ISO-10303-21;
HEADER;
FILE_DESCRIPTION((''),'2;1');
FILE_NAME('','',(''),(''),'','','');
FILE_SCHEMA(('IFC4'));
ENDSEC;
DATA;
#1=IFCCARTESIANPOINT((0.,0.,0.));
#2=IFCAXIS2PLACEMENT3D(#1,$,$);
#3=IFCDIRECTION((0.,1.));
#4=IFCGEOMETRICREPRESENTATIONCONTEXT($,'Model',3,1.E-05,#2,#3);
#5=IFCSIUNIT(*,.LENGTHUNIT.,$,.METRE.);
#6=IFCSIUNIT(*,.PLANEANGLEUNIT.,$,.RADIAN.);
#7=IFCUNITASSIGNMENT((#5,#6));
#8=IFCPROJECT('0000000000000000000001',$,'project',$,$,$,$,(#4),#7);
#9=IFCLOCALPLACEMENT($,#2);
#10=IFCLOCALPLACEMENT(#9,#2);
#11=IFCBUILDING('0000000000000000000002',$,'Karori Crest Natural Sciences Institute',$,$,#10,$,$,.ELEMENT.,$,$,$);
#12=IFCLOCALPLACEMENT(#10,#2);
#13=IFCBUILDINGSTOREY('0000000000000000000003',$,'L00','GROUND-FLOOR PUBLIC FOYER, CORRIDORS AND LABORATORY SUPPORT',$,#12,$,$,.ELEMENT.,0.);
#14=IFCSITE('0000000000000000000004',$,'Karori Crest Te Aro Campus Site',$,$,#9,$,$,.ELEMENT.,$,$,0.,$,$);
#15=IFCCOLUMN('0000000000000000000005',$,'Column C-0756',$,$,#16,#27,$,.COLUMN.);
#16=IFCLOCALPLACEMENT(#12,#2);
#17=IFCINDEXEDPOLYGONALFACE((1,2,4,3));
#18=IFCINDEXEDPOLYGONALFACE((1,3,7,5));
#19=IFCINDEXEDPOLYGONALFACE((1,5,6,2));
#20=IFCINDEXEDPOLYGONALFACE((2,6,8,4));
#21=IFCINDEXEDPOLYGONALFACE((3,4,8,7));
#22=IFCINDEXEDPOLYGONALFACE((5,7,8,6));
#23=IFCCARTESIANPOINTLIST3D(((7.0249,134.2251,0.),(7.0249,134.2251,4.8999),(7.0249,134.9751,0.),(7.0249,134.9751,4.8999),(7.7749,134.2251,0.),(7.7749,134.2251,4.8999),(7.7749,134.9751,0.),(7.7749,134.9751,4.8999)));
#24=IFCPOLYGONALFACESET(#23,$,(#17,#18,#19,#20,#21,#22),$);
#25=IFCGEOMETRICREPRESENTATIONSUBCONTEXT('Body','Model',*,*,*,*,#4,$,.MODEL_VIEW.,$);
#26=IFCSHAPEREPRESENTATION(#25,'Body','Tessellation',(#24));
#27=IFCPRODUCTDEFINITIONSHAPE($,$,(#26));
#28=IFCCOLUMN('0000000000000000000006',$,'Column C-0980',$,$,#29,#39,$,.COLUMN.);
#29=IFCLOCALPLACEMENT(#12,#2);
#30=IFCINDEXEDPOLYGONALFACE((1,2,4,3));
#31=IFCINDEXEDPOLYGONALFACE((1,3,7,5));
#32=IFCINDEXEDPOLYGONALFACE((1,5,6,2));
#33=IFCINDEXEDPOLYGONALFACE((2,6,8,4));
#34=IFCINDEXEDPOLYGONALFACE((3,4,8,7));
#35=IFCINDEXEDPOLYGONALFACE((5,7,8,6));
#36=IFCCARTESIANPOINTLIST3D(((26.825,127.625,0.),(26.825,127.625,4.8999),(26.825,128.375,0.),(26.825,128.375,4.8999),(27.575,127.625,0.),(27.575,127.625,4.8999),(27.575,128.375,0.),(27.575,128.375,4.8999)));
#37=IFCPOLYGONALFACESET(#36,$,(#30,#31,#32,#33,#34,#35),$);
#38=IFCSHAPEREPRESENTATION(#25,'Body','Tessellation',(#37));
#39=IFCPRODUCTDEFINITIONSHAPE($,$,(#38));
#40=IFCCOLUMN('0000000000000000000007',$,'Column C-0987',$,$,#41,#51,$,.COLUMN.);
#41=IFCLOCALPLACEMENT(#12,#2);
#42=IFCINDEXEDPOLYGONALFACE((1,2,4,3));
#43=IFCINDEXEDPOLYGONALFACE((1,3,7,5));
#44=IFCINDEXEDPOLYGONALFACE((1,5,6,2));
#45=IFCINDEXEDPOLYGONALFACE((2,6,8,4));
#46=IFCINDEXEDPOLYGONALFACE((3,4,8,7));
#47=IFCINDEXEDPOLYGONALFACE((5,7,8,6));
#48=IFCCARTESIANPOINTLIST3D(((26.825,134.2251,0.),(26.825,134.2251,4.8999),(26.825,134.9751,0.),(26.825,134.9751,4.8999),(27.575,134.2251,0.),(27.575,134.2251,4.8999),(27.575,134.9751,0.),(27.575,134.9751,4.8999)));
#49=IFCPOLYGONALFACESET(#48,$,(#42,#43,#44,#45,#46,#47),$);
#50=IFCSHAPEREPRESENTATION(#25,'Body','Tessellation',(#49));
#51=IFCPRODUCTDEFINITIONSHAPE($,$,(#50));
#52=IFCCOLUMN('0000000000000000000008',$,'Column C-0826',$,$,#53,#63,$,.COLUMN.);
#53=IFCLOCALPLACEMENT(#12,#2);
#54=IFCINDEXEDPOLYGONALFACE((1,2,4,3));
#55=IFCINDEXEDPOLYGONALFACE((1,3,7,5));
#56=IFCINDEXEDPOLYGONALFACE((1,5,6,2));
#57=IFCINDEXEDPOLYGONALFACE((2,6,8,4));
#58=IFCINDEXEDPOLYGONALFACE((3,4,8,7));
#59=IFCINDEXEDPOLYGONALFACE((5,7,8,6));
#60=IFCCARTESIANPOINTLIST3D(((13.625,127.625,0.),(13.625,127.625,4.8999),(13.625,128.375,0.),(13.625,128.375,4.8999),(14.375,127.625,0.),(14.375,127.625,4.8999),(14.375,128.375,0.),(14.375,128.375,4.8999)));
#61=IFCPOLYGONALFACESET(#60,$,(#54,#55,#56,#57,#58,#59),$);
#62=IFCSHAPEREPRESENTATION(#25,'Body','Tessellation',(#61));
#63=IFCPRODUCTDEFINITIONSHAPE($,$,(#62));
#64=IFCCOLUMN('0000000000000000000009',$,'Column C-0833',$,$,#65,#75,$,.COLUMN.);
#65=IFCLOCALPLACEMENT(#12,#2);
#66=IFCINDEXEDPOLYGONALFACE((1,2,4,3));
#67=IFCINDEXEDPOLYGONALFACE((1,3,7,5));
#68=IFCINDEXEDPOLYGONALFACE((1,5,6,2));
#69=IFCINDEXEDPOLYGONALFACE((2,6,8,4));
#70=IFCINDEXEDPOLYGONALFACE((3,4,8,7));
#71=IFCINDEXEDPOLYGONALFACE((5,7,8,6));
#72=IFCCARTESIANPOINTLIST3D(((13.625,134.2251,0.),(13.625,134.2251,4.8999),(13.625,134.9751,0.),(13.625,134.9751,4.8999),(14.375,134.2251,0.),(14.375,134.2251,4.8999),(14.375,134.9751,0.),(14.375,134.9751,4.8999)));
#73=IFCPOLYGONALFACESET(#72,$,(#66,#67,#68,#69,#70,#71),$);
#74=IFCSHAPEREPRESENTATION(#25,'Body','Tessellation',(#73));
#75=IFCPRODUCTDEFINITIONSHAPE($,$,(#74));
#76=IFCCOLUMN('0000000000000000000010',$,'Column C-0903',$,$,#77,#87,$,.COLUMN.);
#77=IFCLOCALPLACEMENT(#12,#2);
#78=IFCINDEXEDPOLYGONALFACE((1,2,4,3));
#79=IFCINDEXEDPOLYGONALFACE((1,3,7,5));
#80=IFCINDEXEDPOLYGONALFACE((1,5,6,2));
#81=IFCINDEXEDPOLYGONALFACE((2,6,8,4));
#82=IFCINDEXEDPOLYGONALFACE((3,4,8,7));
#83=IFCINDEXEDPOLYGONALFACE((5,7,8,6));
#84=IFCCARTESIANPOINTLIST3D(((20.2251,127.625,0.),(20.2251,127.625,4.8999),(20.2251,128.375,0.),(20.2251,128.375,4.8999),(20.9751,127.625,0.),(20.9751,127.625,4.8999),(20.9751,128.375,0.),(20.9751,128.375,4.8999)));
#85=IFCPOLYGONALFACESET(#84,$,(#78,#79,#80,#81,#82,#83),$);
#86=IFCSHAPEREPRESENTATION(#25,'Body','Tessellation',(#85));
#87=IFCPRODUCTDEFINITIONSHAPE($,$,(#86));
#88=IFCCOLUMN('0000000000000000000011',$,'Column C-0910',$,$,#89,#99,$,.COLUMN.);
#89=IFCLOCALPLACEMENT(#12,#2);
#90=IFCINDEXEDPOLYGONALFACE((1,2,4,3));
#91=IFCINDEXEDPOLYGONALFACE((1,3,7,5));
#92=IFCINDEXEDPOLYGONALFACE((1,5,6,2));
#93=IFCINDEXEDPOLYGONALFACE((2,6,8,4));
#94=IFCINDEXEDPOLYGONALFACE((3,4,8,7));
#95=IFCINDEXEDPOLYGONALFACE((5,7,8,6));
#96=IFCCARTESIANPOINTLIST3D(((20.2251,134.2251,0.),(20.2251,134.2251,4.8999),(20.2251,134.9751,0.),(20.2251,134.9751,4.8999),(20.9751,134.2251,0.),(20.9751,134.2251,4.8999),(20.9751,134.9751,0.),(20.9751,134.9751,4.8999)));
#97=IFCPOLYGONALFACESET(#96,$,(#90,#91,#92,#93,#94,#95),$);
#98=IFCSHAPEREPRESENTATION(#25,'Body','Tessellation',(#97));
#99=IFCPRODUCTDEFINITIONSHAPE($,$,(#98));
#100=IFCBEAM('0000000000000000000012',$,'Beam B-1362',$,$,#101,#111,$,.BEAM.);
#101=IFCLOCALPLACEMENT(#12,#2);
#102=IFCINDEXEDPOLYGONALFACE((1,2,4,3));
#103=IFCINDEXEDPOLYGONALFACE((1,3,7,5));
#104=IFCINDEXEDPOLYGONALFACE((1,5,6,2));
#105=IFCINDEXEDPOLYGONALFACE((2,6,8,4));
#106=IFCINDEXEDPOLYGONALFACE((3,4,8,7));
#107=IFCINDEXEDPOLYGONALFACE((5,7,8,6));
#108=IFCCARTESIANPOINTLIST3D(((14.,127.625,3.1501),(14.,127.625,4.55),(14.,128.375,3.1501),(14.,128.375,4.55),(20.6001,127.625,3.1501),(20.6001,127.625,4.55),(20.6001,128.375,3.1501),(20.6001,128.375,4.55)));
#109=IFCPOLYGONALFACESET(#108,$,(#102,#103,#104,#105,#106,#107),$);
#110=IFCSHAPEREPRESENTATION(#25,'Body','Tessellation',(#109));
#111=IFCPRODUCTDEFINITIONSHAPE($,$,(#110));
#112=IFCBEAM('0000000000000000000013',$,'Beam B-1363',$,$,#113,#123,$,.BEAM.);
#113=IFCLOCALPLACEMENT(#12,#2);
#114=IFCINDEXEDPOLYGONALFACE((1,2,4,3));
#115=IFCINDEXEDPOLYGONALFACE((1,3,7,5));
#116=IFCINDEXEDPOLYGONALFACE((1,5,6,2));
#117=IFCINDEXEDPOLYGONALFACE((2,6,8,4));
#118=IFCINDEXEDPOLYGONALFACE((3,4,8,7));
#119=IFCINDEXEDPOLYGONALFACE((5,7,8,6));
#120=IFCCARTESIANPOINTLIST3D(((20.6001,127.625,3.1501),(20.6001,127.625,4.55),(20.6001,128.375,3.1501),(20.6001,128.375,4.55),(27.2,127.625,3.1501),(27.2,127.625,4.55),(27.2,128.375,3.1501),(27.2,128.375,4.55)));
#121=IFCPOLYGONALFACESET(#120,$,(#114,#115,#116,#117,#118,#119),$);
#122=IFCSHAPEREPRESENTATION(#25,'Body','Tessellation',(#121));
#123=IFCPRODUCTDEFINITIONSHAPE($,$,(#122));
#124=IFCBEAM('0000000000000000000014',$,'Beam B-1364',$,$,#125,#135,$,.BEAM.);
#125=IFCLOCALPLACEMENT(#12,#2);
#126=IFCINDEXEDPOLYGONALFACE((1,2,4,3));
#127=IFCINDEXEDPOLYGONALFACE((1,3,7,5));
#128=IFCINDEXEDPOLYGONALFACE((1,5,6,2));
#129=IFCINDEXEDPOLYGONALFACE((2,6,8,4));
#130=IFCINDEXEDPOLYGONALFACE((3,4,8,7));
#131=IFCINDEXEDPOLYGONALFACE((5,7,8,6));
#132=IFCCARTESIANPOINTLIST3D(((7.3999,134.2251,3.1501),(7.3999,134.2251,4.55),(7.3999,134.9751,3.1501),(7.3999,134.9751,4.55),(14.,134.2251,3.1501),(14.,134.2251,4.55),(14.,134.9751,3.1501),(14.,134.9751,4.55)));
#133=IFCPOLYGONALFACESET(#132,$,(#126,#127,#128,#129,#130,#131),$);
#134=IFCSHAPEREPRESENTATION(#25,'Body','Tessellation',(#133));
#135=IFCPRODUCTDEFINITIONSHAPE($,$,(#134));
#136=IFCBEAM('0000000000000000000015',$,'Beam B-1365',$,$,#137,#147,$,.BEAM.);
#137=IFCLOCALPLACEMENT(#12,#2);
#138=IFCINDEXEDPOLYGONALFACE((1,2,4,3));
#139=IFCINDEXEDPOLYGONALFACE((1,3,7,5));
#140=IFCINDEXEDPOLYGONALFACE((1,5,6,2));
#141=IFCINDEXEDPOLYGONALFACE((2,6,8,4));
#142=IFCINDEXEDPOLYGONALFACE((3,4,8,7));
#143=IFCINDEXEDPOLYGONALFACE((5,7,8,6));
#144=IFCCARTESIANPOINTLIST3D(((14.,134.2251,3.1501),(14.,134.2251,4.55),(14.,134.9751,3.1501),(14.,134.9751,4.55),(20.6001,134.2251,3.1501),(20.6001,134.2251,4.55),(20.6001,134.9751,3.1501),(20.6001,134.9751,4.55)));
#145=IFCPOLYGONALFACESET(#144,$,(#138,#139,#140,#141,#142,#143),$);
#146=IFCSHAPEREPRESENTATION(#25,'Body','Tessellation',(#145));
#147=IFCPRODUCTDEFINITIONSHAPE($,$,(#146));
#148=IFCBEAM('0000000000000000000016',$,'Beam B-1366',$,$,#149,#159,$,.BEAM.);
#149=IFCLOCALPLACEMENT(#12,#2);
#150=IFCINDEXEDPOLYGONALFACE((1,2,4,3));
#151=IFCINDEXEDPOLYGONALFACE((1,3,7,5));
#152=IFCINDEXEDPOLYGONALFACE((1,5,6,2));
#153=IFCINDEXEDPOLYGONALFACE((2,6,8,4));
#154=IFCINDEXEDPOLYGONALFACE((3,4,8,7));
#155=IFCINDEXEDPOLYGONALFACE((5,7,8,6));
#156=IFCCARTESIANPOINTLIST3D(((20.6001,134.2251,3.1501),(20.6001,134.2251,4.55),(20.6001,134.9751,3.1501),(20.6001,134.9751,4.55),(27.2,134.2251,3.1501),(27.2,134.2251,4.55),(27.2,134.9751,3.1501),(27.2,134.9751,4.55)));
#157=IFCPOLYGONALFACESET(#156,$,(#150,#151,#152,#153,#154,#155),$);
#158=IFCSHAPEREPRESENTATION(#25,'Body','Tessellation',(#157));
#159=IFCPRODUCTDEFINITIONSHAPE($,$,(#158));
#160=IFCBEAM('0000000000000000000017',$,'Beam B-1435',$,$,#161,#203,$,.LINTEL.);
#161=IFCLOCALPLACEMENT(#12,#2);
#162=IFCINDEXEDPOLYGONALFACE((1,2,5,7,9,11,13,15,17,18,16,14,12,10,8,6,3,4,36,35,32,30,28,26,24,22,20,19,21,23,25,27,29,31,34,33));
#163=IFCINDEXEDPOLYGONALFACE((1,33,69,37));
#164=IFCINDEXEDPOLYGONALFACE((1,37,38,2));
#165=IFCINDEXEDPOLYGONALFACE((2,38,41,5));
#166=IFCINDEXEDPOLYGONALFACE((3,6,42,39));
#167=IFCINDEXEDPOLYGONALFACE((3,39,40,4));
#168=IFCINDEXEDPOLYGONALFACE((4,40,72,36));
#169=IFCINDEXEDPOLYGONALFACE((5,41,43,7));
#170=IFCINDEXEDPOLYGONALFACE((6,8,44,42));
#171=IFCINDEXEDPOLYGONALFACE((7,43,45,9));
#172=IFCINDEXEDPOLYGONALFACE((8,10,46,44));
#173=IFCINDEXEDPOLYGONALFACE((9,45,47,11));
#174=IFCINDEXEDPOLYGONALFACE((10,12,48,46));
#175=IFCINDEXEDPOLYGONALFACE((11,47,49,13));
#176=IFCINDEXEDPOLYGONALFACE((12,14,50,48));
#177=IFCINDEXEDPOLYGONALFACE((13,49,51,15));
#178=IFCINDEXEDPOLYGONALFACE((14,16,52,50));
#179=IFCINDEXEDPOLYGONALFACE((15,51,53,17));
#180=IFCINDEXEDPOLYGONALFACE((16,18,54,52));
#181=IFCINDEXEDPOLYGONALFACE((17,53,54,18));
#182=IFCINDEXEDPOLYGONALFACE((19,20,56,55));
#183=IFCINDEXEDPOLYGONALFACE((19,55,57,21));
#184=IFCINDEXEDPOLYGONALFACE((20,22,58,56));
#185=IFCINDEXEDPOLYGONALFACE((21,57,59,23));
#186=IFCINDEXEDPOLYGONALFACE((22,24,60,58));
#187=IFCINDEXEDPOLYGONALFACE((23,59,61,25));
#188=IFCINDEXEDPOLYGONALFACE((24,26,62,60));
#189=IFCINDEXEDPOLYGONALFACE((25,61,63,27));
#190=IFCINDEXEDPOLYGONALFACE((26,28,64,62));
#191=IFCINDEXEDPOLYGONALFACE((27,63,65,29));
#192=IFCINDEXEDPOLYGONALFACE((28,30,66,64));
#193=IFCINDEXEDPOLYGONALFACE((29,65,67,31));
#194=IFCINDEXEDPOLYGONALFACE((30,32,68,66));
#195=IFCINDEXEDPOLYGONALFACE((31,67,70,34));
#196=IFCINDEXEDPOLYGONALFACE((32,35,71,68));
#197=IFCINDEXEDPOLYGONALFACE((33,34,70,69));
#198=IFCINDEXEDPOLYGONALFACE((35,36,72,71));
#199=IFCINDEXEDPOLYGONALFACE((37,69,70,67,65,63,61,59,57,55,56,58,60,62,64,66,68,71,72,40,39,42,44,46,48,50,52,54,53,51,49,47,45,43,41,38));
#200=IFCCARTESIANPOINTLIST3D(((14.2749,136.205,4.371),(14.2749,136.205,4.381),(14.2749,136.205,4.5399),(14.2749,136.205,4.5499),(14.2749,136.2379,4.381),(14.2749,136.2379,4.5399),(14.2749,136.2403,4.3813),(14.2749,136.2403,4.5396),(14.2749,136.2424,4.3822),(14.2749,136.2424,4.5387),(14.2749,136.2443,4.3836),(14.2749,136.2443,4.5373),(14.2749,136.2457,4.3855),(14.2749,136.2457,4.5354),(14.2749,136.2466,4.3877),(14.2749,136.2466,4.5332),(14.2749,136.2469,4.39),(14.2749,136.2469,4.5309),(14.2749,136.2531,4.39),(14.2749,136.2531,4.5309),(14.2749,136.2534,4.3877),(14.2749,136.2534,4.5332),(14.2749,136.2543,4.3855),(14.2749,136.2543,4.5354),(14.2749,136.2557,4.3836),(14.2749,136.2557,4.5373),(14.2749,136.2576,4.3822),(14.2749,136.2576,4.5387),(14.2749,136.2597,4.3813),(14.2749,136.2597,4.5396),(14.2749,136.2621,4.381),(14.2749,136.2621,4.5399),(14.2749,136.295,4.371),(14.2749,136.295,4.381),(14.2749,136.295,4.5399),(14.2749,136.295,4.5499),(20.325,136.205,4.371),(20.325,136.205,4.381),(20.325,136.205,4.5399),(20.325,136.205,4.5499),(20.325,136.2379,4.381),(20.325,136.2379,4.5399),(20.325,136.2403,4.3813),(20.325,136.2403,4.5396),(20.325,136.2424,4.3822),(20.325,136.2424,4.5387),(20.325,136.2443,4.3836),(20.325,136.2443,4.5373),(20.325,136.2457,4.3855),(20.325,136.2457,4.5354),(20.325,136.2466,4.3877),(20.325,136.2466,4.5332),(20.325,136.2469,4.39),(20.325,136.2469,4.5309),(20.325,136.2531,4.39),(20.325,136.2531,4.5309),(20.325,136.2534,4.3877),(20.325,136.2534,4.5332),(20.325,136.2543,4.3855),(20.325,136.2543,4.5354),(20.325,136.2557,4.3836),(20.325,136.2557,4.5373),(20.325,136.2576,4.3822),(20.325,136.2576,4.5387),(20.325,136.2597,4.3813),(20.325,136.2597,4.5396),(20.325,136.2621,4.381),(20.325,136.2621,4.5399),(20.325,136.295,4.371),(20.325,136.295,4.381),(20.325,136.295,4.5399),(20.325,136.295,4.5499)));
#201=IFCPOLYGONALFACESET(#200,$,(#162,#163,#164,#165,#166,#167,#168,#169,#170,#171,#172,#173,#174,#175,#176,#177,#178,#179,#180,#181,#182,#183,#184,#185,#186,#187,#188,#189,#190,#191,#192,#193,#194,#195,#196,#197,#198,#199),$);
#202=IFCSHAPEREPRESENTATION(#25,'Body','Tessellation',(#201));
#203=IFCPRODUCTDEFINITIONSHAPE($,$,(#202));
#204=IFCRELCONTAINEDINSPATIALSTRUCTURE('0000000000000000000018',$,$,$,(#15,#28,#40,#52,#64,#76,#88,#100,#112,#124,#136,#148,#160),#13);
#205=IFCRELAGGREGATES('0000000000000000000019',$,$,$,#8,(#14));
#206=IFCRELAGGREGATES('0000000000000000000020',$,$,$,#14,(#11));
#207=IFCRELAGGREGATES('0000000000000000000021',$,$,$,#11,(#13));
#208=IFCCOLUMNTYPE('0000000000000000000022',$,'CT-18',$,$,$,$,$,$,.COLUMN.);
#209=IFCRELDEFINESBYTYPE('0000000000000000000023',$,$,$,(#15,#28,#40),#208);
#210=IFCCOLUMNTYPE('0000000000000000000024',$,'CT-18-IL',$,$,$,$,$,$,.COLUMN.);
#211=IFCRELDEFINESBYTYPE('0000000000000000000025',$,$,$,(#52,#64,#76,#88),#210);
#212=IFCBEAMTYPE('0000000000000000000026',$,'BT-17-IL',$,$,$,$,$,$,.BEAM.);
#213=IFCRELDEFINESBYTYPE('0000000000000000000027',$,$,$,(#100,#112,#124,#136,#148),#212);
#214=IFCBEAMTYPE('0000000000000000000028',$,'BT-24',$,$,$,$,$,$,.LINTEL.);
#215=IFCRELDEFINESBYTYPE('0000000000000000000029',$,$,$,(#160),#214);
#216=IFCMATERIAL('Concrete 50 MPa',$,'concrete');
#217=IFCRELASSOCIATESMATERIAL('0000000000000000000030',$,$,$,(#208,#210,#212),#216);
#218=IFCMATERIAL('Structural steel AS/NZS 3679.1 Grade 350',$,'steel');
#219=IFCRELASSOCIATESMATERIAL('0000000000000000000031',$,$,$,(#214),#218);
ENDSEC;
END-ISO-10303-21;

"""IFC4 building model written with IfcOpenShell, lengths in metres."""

from ifc_helpers import new_model, si_unit, direction, frame, origin, origin_2d, place, context, subcontext, project, spatial, rectangle, i_section, extrude, material, material_profile, profile_set, type_object, element, save


model = new_model("IFC4")

# Units and contexts
model_context = context("Model", 3, precision=1e-05, world=origin(), true_north=direction((0.0, 1.0)))
body_context = subcontext(model_context, "Body", "Model", "MODEL_VIEW")
ifc_project = project(units=[si_unit("LENGTHUNIT", "METRE"), si_unit("PLANEANGLEUNIT", "RADIAN")], contexts=[model_context])

# Site, building, storey
site_placement = place(None, origin())
site = spatial("IfcSite", under=ifc_project, at=site_placement, Name="Karori Crest Te Aro Campus Site", CompositionType="ELEMENT", RefElevation=0.0)
building_placement = place(site_placement, origin())
building = spatial("IfcBuilding", under=site, at=building_placement, Name="Karori Crest Natural Sciences Institute", CompositionType="ELEMENT")
storey_placement = place(building_placement, origin())
storey = spatial("IfcBuildingStorey", under=building, at=storey_placement, Name="L00", Description="GROUND-FLOOR PUBLIC FOYER, CORRIDORS AND LABORATORY SUPPORT", CompositionType="ELEMENT", Elevation=0.0)

# Columns
ifc_material_1 = material(Name="Concrete 50 MPa", Category="concrete")
ifc_material_profile_1 = material_profile(ifc_material_1, rectangle(XDim=0.75, YDim=0.75, at=origin_2d()), Name="RC750x750")
ifc_profile_set_1 = profile_set([ifc_material_profile_1], Name="Concrete 50 MPa")
column_type_1 = type_object("IfcColumnType", Name="CT-18", PredefinedType="COLUMN", material=ifc_profile_set_1)
for number, where, z_axis, x_axis, name in (
    (1, (7.3999, 134.6001, 0.0), (0.0, 0.0, 1.0), (1.0, 0.0, 0.0), "Column C-0756"),
    (2, (27.2, 128.0, 0.0), (0.0, 0.0, 1.0), (1.0, 0.0, 0.0), "Column C-0980"),
    (3, (27.2, 134.6001, 0.0), (0.0, 0.0, 1.0), (1.0, 0.0, 0.0), "Column C-0987"),
):
    element("IfcColumn", number, at=place(storey_placement, frame(where, z_axis=z_axis, x_axis=x_axis)), inside=storey, type_object=column_type_1, Name=name, PredefinedType="COLUMN", context=body_context, shape_type="SweptSolid", body=[
        extrude(rectangle(XDim=0.75, YDim=0.75, at=origin_2d()), origin(), (0.0, 0.0, 1.0), 4.8999),
    ])
ifc_material_profile_2 = material_profile(ifc_material_1, rectangle(XDim=0.75, YDim=0.75, at=origin_2d()), Name="RC750x750")
ifc_profile_set_2 = profile_set([ifc_material_profile_2], Name="Concrete 50 MPa")
column_type_2 = type_object("IfcColumnType", Name="CT-18-IL", PredefinedType="COLUMN", material=ifc_profile_set_2)
for number, where, z_axis, x_axis, name in (
    (4, (14.0, 128.0, 0.0), (0.0, 0.0, 1.0), (1.0, 0.0, 0.0), "Column C-0826"),
    (5, (14.0, 134.6001, 0.0), (0.0, 0.0, 1.0), (1.0, 0.0, 0.0), "Column C-0833"),
    (6, (20.6001, 128.0, 0.0), (0.0, 0.0, 1.0), (1.0, 0.0, 0.0), "Column C-0903"),
    (7, (20.6001, 134.6001, 0.0), (0.0, 0.0, 1.0), (1.0, 0.0, 0.0), "Column C-0910"),
):
    element("IfcColumn", number, at=place(storey_placement, frame(where, z_axis=z_axis, x_axis=x_axis)), inside=storey, type_object=column_type_2, Name=name, PredefinedType="COLUMN", context=body_context, shape_type="SweptSolid", body=[
        extrude(rectangle(XDim=0.75, YDim=0.75, at=origin_2d()), origin(), (0.0, 0.0, 1.0), 4.8999),
    ])

# Beams
ifc_material_profile_3 = material_profile(ifc_material_1, rectangle(XDim=0.75, YDim=1.3999, at=origin_2d()), Name="RCB750x1400")
ifc_profile_set_3 = profile_set([ifc_material_profile_3], Name="Concrete 50 MPa")
beam_type_1 = type_object("IfcBeamType", Name="BT-17-IL", PredefinedType="BEAM", material=ifc_profile_set_3)
beam_1_placement = place(storey_placement, frame((14.0, 128.0, 3.8501), z_axis=(1.0, 0.0, 0.0), x_axis=(0.0, 1.0, 0.0)))
element("IfcBeam", 8, at=beam_1_placement, inside=storey, type_object=beam_type_1, Name="Beam B-1362", PredefinedType="BEAM", context=body_context, shape_type="SweptSolid", body=[
    extrude(rectangle(XDim=0.75, YDim=1.3999, at=origin_2d()), origin(), (0.0, 0.0, 1.0), 6.6001),
])
beam_2_placement = place(storey_placement, frame((20.6001, 128.0, 3.8501), z_axis=(1.0, 0.0, 0.0), x_axis=(0.0, 1.0, 0.0)))
element("IfcBeam", 9, at=beam_2_placement, inside=storey, type_object=beam_type_1, Name="Beam B-1363", PredefinedType="BEAM", context=body_context, shape_type="SweptSolid", body=[
    extrude(rectangle(XDim=0.75, YDim=1.3999, at=origin_2d()), origin(), (0.0, 0.0, 1.0), 6.5999),
])
for number, where, z_axis, x_axis, name in (
    (10, (7.3999, 134.6001, 3.8501), (1.0, 0.0, 0.0), (0.0, 1.0, 0.0), "Beam B-1364"),
    (11, (14.0, 134.6001, 3.8501), (1.0, 0.0, 0.0), (0.0, 1.0, 0.0), "Beam B-1365"),
):
    element("IfcBeam", number, at=place(storey_placement, frame(where, z_axis=z_axis, x_axis=x_axis)), inside=storey, type_object=beam_type_1, Name=name, PredefinedType="BEAM", context=body_context, shape_type="SweptSolid", body=[
        extrude(rectangle(XDim=0.75, YDim=1.3999, at=origin_2d()), origin(), (0.0, 0.0, 1.0), 6.6001),
    ])
beam_3_placement = place(storey_placement, frame((20.6001, 134.6001, 3.8501), z_axis=(1.0, 0.0, 0.0), x_axis=(0.0, 1.0, 0.0)))
element("IfcBeam", 12, at=beam_3_placement, inside=storey, type_object=beam_type_1, Name="Beam B-1366", PredefinedType="BEAM", context=body_context, shape_type="SweptSolid", body=[
    extrude(rectangle(XDim=0.75, YDim=1.3999, at=origin_2d()), origin(), (0.0, 0.0, 1.0), 6.5999),
])
ifc_material_2 = material(Name="Structural steel AS/NZS 3679.1 Grade 350", Category="steel")
ifc_material_profile_4 = material_profile(ifc_material_2, i_section(OverallWidth=0.0901, OverallDepth=0.179, WebThickness=0.0061, FlangeThickness=0.01, FilletRadius=0.009, at=origin_2d()), Name="180UB22.2")
ifc_profile_set_4 = profile_set([ifc_material_profile_4], Name="Structural steel AS/NZS 3679.1 Grade 350")
beam_type_2 = type_object("IfcBeamType", Name="BT-24", PredefinedType="LINTEL", material=ifc_profile_set_4)
beam_4_placement = place(storey_placement, frame((14.2749, 136.25, 4.4604), z_axis=(1.0, 0.0, 0.0), x_axis=(0.0, 1.0, 0.0)))
element("IfcBeam", 13, at=beam_4_placement, inside=storey, type_object=beam_type_2, Name="Beam B-1435", PredefinedType="LINTEL", context=body_context, shape_type="SweptSolid", body=[
    extrude(i_section(OverallWidth=0.0901, OverallDepth=0.179, WebThickness=0.0061, FlangeThickness=0.01, FilletRadius=0.009, at=origin_2d()), origin(), (0.0, 0.0, 1.0), 6.05),
])

save(model, "model.ifc")
